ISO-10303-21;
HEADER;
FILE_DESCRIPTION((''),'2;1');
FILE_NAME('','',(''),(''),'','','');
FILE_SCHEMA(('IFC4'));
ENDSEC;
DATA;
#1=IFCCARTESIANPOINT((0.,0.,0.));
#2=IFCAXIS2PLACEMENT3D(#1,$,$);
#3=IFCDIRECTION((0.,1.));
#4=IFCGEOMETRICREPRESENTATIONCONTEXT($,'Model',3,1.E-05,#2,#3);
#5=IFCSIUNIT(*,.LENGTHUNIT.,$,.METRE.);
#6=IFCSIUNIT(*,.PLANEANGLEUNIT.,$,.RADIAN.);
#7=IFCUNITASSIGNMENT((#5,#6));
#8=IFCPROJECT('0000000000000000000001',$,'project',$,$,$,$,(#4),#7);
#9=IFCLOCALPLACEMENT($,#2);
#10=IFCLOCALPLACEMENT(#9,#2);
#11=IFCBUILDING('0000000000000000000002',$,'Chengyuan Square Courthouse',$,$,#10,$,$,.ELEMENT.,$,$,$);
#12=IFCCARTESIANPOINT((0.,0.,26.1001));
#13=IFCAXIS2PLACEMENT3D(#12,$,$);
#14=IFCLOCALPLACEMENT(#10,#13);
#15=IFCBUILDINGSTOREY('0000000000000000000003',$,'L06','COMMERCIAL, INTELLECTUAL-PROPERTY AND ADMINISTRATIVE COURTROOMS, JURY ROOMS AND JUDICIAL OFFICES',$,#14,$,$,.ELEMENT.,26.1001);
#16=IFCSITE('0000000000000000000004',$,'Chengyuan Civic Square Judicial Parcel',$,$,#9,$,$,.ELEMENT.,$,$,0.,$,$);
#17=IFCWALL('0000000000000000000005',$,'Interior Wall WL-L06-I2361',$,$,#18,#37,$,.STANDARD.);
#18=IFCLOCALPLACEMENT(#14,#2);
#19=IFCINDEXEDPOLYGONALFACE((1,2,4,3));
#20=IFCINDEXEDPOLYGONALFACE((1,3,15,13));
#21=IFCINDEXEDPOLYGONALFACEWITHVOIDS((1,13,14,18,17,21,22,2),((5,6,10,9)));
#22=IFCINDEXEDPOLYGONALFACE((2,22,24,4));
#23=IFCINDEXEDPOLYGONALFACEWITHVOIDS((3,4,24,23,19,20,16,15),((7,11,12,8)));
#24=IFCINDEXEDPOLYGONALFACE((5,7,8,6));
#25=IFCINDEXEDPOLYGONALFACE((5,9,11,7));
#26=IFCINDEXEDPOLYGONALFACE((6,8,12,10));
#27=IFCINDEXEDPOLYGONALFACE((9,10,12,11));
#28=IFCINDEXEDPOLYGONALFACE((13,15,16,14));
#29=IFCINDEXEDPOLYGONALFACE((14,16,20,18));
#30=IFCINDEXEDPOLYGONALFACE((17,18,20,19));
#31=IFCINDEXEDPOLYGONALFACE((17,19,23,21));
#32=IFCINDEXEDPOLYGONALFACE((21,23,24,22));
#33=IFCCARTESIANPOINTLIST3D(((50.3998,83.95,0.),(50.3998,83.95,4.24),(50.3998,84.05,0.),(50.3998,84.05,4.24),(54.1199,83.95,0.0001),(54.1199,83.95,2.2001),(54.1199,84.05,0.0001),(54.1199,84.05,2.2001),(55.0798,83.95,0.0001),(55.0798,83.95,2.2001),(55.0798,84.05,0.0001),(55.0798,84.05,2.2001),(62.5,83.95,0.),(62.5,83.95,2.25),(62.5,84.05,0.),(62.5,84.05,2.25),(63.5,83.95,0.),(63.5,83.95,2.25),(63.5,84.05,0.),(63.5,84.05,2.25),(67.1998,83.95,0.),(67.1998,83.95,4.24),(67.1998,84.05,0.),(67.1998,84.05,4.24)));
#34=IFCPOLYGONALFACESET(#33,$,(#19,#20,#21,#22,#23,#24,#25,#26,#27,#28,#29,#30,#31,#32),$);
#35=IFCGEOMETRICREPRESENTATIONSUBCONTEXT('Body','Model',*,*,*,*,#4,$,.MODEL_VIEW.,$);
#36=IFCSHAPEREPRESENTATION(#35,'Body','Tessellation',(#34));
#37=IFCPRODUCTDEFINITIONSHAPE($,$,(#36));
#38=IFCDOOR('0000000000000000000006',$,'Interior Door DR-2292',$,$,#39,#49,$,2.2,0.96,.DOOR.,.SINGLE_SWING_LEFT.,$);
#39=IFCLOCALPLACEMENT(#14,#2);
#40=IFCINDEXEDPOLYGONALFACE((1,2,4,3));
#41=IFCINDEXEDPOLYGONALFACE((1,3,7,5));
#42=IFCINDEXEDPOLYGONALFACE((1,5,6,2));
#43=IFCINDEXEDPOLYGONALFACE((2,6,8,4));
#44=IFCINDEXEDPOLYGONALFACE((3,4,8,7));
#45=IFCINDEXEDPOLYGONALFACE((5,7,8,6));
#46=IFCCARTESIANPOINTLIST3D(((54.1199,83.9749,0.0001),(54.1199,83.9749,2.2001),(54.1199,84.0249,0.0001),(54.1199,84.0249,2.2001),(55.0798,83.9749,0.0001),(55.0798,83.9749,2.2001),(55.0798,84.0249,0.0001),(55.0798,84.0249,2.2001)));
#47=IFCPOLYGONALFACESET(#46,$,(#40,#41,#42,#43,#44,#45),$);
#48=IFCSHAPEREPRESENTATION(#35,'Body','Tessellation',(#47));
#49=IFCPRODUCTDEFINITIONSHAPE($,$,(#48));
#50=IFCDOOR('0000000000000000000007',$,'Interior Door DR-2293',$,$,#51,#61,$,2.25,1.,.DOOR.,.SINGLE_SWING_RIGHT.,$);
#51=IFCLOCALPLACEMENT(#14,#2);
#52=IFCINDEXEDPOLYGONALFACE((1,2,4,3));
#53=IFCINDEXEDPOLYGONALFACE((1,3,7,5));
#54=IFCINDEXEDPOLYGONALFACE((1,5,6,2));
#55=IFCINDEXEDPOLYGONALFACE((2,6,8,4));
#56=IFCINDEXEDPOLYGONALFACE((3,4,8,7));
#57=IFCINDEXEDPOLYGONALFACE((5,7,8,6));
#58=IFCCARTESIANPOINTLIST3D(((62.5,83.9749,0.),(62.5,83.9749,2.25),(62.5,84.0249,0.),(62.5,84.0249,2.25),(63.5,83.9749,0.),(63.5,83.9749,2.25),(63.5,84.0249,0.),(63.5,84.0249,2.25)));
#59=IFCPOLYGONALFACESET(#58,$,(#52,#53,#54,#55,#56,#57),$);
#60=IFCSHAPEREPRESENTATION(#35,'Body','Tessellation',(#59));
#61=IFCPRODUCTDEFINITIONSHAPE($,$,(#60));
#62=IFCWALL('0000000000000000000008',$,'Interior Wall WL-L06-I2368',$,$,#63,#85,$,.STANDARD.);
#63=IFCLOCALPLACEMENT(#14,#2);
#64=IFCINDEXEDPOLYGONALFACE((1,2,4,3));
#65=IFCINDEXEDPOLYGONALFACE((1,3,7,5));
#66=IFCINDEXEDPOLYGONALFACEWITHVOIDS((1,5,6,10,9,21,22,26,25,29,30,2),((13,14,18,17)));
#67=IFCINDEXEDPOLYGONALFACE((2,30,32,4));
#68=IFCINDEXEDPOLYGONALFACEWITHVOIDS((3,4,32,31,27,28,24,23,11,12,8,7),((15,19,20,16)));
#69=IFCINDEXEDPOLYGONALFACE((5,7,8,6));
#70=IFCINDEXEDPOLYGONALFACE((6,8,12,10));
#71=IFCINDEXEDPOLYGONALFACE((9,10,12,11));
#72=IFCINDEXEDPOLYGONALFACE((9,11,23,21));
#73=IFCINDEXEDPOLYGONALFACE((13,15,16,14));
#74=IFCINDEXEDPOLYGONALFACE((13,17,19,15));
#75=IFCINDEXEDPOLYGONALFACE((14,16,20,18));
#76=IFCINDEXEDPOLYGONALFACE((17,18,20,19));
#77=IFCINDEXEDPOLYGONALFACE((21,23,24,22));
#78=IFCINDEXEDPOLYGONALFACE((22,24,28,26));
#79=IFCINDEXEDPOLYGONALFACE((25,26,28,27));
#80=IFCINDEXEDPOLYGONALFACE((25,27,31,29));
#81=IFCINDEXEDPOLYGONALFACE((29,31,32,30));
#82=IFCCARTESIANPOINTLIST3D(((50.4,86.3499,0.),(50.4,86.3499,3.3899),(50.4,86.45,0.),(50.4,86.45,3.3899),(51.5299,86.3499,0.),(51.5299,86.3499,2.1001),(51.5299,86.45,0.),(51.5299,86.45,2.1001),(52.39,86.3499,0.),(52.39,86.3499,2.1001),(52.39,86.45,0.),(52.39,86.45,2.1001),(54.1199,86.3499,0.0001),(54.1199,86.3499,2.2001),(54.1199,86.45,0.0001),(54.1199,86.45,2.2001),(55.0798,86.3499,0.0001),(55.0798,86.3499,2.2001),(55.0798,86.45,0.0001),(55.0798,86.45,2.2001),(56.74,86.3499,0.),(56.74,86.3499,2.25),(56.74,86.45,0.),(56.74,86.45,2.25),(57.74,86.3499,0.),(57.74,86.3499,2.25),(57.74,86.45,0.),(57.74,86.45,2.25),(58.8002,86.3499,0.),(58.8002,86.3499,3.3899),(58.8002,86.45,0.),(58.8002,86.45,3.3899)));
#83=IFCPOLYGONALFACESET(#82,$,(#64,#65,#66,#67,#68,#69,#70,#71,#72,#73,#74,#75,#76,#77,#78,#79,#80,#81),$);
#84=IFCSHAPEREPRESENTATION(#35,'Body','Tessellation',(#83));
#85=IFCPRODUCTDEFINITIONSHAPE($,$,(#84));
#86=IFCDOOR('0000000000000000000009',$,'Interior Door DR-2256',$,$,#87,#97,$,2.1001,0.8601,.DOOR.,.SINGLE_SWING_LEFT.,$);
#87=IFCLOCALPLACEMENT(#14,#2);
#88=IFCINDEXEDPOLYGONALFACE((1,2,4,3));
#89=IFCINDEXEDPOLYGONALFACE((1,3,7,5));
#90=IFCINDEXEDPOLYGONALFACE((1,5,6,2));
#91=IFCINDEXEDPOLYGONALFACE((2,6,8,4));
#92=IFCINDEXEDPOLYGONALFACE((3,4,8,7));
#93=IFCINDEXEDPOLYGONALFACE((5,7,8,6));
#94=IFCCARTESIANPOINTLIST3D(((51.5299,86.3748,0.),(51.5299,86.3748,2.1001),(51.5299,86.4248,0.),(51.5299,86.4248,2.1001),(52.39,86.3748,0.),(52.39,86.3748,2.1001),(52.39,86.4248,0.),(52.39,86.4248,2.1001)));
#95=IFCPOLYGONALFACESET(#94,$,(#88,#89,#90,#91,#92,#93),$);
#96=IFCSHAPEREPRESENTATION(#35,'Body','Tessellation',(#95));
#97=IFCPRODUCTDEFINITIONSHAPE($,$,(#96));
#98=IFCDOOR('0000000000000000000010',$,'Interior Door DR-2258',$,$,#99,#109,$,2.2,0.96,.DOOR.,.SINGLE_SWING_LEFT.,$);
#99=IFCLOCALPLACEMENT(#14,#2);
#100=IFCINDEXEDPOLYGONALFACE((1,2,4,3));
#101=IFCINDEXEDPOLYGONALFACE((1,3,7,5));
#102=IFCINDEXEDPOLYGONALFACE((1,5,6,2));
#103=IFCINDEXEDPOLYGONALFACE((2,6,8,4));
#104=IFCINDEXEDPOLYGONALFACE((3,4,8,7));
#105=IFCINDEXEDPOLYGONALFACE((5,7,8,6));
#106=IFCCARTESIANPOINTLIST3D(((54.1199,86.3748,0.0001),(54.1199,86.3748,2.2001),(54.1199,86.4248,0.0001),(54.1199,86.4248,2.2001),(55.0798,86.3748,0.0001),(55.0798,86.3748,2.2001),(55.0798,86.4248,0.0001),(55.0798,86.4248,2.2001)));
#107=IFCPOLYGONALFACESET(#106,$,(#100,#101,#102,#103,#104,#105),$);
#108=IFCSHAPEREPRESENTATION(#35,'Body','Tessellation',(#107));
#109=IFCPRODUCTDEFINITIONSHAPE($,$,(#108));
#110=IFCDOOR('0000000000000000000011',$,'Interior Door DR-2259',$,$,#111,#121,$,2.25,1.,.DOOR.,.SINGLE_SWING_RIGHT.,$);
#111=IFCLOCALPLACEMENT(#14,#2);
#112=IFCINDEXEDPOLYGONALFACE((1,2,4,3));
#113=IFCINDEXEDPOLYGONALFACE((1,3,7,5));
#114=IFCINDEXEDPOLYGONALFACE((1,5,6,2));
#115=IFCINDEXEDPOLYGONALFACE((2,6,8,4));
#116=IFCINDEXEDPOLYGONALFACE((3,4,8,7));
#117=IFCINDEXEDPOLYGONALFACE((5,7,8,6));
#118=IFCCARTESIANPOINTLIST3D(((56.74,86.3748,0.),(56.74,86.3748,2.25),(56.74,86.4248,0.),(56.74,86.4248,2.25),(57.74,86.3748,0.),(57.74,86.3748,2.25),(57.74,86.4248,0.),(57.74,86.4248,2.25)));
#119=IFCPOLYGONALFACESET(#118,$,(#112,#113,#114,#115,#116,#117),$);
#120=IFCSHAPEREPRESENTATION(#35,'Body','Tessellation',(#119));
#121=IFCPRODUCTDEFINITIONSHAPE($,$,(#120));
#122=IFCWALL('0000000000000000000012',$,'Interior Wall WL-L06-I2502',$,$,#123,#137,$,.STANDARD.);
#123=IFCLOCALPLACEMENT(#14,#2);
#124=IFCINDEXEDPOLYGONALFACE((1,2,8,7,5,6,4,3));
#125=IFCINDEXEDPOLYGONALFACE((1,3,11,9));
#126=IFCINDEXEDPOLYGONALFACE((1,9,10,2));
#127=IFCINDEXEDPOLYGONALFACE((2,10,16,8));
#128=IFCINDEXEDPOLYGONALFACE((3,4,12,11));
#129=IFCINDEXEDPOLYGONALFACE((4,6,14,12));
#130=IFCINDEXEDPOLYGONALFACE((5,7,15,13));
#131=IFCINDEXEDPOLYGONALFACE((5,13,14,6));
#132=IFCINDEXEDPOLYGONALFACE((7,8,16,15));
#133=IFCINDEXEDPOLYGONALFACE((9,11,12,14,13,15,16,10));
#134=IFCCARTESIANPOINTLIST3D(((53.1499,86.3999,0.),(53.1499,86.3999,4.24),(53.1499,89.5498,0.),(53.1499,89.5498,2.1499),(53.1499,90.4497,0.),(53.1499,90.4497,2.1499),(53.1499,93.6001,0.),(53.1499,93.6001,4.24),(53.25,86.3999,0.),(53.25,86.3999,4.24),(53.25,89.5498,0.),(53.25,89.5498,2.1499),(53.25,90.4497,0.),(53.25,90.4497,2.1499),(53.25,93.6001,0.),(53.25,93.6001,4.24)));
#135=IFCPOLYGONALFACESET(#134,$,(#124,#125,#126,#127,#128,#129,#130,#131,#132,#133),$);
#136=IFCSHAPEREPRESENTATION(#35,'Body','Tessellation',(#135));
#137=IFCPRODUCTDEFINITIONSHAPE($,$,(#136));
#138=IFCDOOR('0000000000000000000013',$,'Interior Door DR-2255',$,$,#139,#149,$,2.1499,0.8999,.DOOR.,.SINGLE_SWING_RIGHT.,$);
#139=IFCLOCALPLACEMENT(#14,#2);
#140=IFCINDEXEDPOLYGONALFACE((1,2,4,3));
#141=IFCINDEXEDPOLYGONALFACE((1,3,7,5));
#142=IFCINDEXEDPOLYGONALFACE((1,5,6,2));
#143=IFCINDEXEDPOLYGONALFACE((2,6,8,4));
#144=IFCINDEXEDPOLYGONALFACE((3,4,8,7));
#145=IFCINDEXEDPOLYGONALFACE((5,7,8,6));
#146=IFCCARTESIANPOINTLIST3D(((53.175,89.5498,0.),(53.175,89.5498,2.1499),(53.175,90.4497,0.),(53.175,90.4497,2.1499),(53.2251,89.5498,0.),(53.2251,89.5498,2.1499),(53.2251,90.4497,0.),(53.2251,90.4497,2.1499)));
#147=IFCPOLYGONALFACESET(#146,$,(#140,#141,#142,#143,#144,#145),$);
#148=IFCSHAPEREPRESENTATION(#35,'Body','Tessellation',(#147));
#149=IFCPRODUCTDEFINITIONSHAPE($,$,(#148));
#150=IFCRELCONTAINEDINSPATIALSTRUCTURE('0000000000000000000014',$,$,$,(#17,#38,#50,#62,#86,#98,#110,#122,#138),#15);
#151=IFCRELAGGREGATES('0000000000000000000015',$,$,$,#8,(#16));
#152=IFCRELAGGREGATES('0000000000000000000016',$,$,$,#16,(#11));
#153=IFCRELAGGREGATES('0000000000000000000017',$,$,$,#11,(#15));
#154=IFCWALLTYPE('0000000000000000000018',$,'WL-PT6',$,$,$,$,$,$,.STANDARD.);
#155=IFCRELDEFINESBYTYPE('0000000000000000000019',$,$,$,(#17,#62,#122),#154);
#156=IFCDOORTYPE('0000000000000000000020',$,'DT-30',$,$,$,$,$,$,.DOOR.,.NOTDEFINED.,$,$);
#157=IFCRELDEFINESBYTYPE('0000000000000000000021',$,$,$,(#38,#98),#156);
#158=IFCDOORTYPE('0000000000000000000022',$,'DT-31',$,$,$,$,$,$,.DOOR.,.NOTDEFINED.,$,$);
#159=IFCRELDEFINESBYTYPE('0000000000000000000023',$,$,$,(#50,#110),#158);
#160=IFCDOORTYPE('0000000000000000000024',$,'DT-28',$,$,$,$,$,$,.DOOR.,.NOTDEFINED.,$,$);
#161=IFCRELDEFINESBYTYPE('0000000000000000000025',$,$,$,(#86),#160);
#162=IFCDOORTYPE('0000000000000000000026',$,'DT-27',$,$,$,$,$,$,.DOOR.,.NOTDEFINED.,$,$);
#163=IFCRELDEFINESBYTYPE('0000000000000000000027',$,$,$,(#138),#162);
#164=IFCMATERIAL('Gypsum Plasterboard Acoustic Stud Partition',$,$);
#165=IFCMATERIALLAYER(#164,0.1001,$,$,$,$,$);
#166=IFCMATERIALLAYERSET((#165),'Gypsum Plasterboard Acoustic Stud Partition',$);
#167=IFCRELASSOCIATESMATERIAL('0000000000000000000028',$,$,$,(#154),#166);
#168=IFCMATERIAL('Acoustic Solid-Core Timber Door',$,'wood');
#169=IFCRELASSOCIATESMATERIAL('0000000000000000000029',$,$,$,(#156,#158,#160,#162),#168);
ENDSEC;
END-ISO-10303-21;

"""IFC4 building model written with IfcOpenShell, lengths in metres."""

from ifc_helpers import new_model, si_unit, direction, frame, frame_2d, origin, place, context, subcontext, project, spatial, rectangle, extrude, material, layer, layer_set, type_object, element, fill, save


model = new_model("IFC4")

# Units and contexts
model_context = context("Model", 3, precision=1e-05, world=origin(), true_north=direction((0.0, 1.0)))
body_context = subcontext(model_context, "Body", "Model", "MODEL_VIEW")
ifc_project = project(units=[si_unit("LENGTHUNIT", "METRE"), si_unit("PLANEANGLEUNIT", "RADIAN")], contexts=[model_context])

# Site, building, storey
site_placement = place(None, origin())
site = spatial("IfcSite", under=ifc_project, at=site_placement, Name="Chengyuan Civic Square Judicial Parcel", CompositionType="ELEMENT", RefElevation=0.0)
building_placement = place(site_placement, origin())
building = spatial("IfcBuilding", under=site, at=building_placement, Name="Chengyuan Square Courthouse", CompositionType="ELEMENT")
storey_placement = place(building_placement, frame((0.0, 0.0, 26.1001)))
storey = spatial("IfcBuildingStorey", under=building, at=storey_placement, Name="L06", Description="COMMERCIAL, INTELLECTUAL-PROPERTY AND ADMINISTRATIVE COURTROOMS, JURY ROOMS AND JUDICIAL OFFICES", CompositionType="ELEMENT", Elevation=26.1001)

# Walls, openings, doors
ifc_material_1 = material(Name="Gypsum Plasterboard Acoustic Stud Partition")
ifc_layer_1 = layer(ifc_material_1, 0.1001)
ifc_layer_set_1 = layer_set([ifc_layer_1], Name="Gypsum Plasterboard Acoustic Stud Partition")
wall_type_1 = type_object("IfcWallType", Name="WL-PT6", PredefinedType="STANDARD", material=ifc_layer_set_1)
wall_1_placement = place(storey_placement, frame((50.3999, 84.0, 0.0), z_axis=(0.0, 0.0, 1.0), x_axis=(1.0, 0.0, 0.0)))
wall_1 = element("IfcWall", 1, at=wall_1_placement, inside=storey, type_object=wall_type_1, Name="Interior Wall WL-L06-I2361", PredefinedType="STANDARD", context=body_context, shape_type="SweptSolid", body=[
    extrude(rectangle(XDim=16.8, YDim=0.1001, at=frame_2d((8.3999, 0.0))), origin(), (0.0, 0.0, 1.0), 4.24),
])
opening_1_placement = place(wall_1_placement, frame((3.72, 0.0, 0.0)))
opening_1 = element("IfcOpeningElement", 2, at=opening_1_placement, cuts=wall_1, PredefinedType="OPENING", context=body_context, shape_type="SweptSolid", body=[
    extrude(rectangle(XDim=0.96, YDim=2.2, at=frame_2d((0.48, 1.1001))), frame((0.0, 0.062, 0.0), z_axis=(0.0, -1.0, 0.0), x_axis=(1.0, 0.0, 0.0)), (0.0, 0.0, 1.0), 0.124),
])
opening_2_placement = place(wall_1_placement, frame((12.1001, 0.0, 0.0)))
opening_2 = element("IfcOpeningElement", 3, at=opening_2_placement, cuts=wall_1, PredefinedType="OPENING", context=body_context, shape_type="SweptSolid", body=[
    extrude(rectangle(XDim=1.0, YDim=2.25, at=frame_2d((0.5, 1.125))), frame((0.0, 0.062, 0.0), z_axis=(0.0, -1.0, 0.0), x_axis=(1.0, 0.0, 0.0)), (0.0, 0.0, 1.0), 0.124),
])
ifc_material_2 = material(Name="Acoustic Solid-Core Timber Door", Category="wood")
door_type_1 = type_object("IfcDoorType", Name="DT-30", OperationType="NOTDEFINED", PredefinedType="DOOR", material=ifc_material_2)
door_1_placement = place(opening_1_placement, origin())
door_1 = element("IfcDoor", 4, at=door_1_placement, inside=storey, type_object=door_type_1, Name="Interior Door DR-2292", OperationType="SINGLE_SWING_LEFT", OverallHeight=2.2, OverallWidth=0.96, PredefinedType="DOOR", context=body_context, shape_type="SweptSolid", body=[
    extrude(rectangle(XDim=0.96, YDim=2.2, at=frame_2d((0.48, 1.1001))), frame((0.0, 0.0249, 0.0), z_axis=(0.0, -1.0, 0.0), x_axis=(1.0, 0.0, 0.0)), (0.0, 0.0, 1.0), 0.05),
])
fill(opening_1, door_1)
door_type_2 = type_object("IfcDoorType", Name="DT-31", OperationType="NOTDEFINED", PredefinedType="DOOR", material=ifc_material_2)
door_2_placement = place(opening_2_placement, origin())
door_2 = element("IfcDoor", 5, at=door_2_placement, inside=storey, type_object=door_type_2, Name="Interior Door DR-2293", OperationType="SINGLE_SWING_RIGHT", OverallHeight=2.25, OverallWidth=1.0, PredefinedType="DOOR", context=body_context, shape_type="SweptSolid", body=[
    extrude(rectangle(XDim=1.0, YDim=2.25, at=frame_2d((0.5, 1.125))), frame((0.0, 0.0249, 0.0), z_axis=(0.0, -1.0, 0.0), x_axis=(1.0, 0.0, 0.0)), (0.0, 0.0, 1.0), 0.05),
])
fill(opening_2, door_2)
wall_2_placement = place(storey_placement, frame((50.3999, 86.3999, 0.0), z_axis=(0.0, 0.0, 1.0), x_axis=(1.0, 0.0, 0.0)))
wall_2 = element("IfcWall", 6, at=wall_2_placement, inside=storey, type_object=wall_type_1, Name="Interior Wall WL-L06-I2368", PredefinedType="STANDARD", context=body_context, shape_type="SweptSolid", body=[
    extrude(rectangle(XDim=8.4001, YDim=0.1001, at=frame_2d((4.2002, 0.0))), origin(), (0.0, 0.0, 1.0), 3.3899),
])
opening_3_placement = place(wall_2_placement, frame((1.1299, 0.0, 0.0)))
opening_3 = element("IfcOpeningElement", 7, at=opening_3_placement, cuts=wall_2, PredefinedType="OPENING", context=body_context, shape_type="SweptSolid", body=[
    extrude(rectangle(XDim=0.8601, YDim=2.1001, at=frame_2d((0.4302, 1.05))), frame((0.0, 0.062, 0.0), z_axis=(0.0, -1.0, 0.0), x_axis=(1.0, 0.0, 0.0)), (0.0, 0.0, 1.0), 0.124),
])
opening_4_placement = place(wall_2_placement, frame((3.72, 0.0, 0.0)))
opening_4 = element("IfcOpeningElement", 8, at=opening_4_placement, cuts=wall_2, PredefinedType="OPENING", context=body_context, shape_type="SweptSolid", body=[
    extrude(rectangle(XDim=0.96, YDim=2.2, at=frame_2d((0.48, 1.1001))), frame((0.0, 0.062, 0.0), z_axis=(0.0, -1.0, 0.0), x_axis=(1.0, 0.0, 0.0)), (0.0, 0.0, 1.0), 0.124),
])
opening_5_placement = place(wall_2_placement, frame((6.3401, 0.0, 0.0)))
opening_5 = element("IfcOpeningElement", 9, at=opening_5_placement, cuts=wall_2, PredefinedType="OPENING", context=body_context, shape_type="SweptSolid", body=[
    extrude(rectangle(XDim=1.0, YDim=2.25, at=frame_2d((0.5, 1.125))), frame((0.0, 0.062, 0.0), z_axis=(0.0, -1.0, 0.0), x_axis=(1.0, 0.0, 0.0)), (0.0, 0.0, 1.0), 0.124),
])
door_type_3 = type_object("IfcDoorType", Name="DT-28", OperationType="NOTDEFINED", PredefinedType="DOOR", material=ifc_material_2)
door_3_placement = place(opening_3_placement, origin())
door_3 = element("IfcDoor", 10, at=door_3_placement, inside=storey, type_object=door_type_3, Name="Interior Door DR-2256", OperationType="SINGLE_SWING_LEFT", OverallHeight=2.1001, OverallWidth=0.8601, PredefinedType="DOOR", context=body_context, shape_type="SweptSolid", body=[
    extrude(rectangle(XDim=0.8601, YDim=2.1001, at=frame_2d((0.4302, 1.05))), frame((0.0, 0.0249, 0.0), z_axis=(0.0, -1.0, 0.0), x_axis=(1.0, 0.0, 0.0)), (0.0, 0.0, 1.0), 0.05),
])
fill(opening_3, door_3)
door_4_placement = place(opening_4_placement, origin())
door_4 = element("IfcDoor", 11, at=door_4_placement, inside=storey, type_object=door_type_1, Name="Interior Door DR-2258", OperationType="SINGLE_SWING_LEFT", OverallHeight=2.2, OverallWidth=0.96, PredefinedType="DOOR", context=body_context, shape_type="SweptSolid", body=[
    extrude(rectangle(XDim=0.96, YDim=2.2, at=frame_2d((0.48, 1.1001))), frame((0.0, 0.0249, 0.0), z_axis=(0.0, -1.0, 0.0), x_axis=(1.0, 0.0, 0.0)), (0.0, 0.0, 1.0), 0.05),
])
fill(opening_4, door_4)
door_5_placement = place(opening_5_placement, origin())
door_5 = element("IfcDoor", 12, at=door_5_placement, inside=storey, type_object=door_type_2, Name="Interior Door DR-2259", OperationType="SINGLE_SWING_RIGHT", OverallHeight=2.25, OverallWidth=1.0, PredefinedType="DOOR", context=body_context, shape_type="SweptSolid", body=[
    extrude(rectangle(XDim=1.0, YDim=2.25, at=frame_2d((0.5, 1.125))), frame((0.0, 0.0249, 0.0), z_axis=(0.0, -1.0, 0.0), x_axis=(1.0, 0.0, 0.0)), (0.0, 0.0, 1.0), 0.05),
])
fill(opening_5, door_5)

# Wall, opening, door
wall_3_placement = place(storey_placement, frame((53.2, 86.3999, 0.0), z_axis=(0.0, 0.0, 1.0), x_axis=(0.0, 1.0, 0.0)))
wall_3 = element("IfcWall", 13, at=wall_3_placement, inside=storey, type_object=wall_type_1, Name="Interior Wall WL-L06-I2502", PredefinedType="STANDARD", context=body_context, shape_type="SweptSolid", body=[
    extrude(rectangle(XDim=7.2002, YDim=0.1001, at=frame_2d((3.6001, 0.0))), origin(), (0.0, 0.0, 1.0), 4.24),
])
opening_6_placement = place(wall_3_placement, frame((3.1499, 0.0, 0.0)))
opening_6 = element("IfcOpeningElement", 14, at=opening_6_placement, cuts=wall_3, PredefinedType="OPENING", context=body_context, shape_type="SweptSolid", body=[
    extrude(rectangle(XDim=0.8999, YDim=2.1499, at=frame_2d((0.45, 1.075))), frame((0.0, 0.062, 0.0), z_axis=(0.0, -1.0, 0.0), x_axis=(1.0, 0.0, 0.0)), (0.0, 0.0, 1.0), 0.124),
])
door_type_4 = type_object("IfcDoorType", Name="DT-27", OperationType="NOTDEFINED", PredefinedType="DOOR", material=ifc_material_2)
door_6_placement = place(opening_6_placement, origin())
door_6 = element("IfcDoor", 15, at=door_6_placement, inside=storey, type_object=door_type_4, Name="Interior Door DR-2255", OperationType="SINGLE_SWING_RIGHT", OverallHeight=2.1499, OverallWidth=0.8999, PredefinedType="DOOR", context=body_context, shape_type="SweptSolid", body=[
    extrude(rectangle(XDim=0.8999, YDim=2.1499, at=frame_2d((0.45, 1.075))), frame((0.0, 0.0249, 0.0), z_axis=(0.0, -1.0, 0.0), x_axis=(1.0, 0.0, 0.0)), (0.0, 0.0, 1.0), 0.05),
])
fill(opening_6, door_6)

save(model, "model.ifc")
